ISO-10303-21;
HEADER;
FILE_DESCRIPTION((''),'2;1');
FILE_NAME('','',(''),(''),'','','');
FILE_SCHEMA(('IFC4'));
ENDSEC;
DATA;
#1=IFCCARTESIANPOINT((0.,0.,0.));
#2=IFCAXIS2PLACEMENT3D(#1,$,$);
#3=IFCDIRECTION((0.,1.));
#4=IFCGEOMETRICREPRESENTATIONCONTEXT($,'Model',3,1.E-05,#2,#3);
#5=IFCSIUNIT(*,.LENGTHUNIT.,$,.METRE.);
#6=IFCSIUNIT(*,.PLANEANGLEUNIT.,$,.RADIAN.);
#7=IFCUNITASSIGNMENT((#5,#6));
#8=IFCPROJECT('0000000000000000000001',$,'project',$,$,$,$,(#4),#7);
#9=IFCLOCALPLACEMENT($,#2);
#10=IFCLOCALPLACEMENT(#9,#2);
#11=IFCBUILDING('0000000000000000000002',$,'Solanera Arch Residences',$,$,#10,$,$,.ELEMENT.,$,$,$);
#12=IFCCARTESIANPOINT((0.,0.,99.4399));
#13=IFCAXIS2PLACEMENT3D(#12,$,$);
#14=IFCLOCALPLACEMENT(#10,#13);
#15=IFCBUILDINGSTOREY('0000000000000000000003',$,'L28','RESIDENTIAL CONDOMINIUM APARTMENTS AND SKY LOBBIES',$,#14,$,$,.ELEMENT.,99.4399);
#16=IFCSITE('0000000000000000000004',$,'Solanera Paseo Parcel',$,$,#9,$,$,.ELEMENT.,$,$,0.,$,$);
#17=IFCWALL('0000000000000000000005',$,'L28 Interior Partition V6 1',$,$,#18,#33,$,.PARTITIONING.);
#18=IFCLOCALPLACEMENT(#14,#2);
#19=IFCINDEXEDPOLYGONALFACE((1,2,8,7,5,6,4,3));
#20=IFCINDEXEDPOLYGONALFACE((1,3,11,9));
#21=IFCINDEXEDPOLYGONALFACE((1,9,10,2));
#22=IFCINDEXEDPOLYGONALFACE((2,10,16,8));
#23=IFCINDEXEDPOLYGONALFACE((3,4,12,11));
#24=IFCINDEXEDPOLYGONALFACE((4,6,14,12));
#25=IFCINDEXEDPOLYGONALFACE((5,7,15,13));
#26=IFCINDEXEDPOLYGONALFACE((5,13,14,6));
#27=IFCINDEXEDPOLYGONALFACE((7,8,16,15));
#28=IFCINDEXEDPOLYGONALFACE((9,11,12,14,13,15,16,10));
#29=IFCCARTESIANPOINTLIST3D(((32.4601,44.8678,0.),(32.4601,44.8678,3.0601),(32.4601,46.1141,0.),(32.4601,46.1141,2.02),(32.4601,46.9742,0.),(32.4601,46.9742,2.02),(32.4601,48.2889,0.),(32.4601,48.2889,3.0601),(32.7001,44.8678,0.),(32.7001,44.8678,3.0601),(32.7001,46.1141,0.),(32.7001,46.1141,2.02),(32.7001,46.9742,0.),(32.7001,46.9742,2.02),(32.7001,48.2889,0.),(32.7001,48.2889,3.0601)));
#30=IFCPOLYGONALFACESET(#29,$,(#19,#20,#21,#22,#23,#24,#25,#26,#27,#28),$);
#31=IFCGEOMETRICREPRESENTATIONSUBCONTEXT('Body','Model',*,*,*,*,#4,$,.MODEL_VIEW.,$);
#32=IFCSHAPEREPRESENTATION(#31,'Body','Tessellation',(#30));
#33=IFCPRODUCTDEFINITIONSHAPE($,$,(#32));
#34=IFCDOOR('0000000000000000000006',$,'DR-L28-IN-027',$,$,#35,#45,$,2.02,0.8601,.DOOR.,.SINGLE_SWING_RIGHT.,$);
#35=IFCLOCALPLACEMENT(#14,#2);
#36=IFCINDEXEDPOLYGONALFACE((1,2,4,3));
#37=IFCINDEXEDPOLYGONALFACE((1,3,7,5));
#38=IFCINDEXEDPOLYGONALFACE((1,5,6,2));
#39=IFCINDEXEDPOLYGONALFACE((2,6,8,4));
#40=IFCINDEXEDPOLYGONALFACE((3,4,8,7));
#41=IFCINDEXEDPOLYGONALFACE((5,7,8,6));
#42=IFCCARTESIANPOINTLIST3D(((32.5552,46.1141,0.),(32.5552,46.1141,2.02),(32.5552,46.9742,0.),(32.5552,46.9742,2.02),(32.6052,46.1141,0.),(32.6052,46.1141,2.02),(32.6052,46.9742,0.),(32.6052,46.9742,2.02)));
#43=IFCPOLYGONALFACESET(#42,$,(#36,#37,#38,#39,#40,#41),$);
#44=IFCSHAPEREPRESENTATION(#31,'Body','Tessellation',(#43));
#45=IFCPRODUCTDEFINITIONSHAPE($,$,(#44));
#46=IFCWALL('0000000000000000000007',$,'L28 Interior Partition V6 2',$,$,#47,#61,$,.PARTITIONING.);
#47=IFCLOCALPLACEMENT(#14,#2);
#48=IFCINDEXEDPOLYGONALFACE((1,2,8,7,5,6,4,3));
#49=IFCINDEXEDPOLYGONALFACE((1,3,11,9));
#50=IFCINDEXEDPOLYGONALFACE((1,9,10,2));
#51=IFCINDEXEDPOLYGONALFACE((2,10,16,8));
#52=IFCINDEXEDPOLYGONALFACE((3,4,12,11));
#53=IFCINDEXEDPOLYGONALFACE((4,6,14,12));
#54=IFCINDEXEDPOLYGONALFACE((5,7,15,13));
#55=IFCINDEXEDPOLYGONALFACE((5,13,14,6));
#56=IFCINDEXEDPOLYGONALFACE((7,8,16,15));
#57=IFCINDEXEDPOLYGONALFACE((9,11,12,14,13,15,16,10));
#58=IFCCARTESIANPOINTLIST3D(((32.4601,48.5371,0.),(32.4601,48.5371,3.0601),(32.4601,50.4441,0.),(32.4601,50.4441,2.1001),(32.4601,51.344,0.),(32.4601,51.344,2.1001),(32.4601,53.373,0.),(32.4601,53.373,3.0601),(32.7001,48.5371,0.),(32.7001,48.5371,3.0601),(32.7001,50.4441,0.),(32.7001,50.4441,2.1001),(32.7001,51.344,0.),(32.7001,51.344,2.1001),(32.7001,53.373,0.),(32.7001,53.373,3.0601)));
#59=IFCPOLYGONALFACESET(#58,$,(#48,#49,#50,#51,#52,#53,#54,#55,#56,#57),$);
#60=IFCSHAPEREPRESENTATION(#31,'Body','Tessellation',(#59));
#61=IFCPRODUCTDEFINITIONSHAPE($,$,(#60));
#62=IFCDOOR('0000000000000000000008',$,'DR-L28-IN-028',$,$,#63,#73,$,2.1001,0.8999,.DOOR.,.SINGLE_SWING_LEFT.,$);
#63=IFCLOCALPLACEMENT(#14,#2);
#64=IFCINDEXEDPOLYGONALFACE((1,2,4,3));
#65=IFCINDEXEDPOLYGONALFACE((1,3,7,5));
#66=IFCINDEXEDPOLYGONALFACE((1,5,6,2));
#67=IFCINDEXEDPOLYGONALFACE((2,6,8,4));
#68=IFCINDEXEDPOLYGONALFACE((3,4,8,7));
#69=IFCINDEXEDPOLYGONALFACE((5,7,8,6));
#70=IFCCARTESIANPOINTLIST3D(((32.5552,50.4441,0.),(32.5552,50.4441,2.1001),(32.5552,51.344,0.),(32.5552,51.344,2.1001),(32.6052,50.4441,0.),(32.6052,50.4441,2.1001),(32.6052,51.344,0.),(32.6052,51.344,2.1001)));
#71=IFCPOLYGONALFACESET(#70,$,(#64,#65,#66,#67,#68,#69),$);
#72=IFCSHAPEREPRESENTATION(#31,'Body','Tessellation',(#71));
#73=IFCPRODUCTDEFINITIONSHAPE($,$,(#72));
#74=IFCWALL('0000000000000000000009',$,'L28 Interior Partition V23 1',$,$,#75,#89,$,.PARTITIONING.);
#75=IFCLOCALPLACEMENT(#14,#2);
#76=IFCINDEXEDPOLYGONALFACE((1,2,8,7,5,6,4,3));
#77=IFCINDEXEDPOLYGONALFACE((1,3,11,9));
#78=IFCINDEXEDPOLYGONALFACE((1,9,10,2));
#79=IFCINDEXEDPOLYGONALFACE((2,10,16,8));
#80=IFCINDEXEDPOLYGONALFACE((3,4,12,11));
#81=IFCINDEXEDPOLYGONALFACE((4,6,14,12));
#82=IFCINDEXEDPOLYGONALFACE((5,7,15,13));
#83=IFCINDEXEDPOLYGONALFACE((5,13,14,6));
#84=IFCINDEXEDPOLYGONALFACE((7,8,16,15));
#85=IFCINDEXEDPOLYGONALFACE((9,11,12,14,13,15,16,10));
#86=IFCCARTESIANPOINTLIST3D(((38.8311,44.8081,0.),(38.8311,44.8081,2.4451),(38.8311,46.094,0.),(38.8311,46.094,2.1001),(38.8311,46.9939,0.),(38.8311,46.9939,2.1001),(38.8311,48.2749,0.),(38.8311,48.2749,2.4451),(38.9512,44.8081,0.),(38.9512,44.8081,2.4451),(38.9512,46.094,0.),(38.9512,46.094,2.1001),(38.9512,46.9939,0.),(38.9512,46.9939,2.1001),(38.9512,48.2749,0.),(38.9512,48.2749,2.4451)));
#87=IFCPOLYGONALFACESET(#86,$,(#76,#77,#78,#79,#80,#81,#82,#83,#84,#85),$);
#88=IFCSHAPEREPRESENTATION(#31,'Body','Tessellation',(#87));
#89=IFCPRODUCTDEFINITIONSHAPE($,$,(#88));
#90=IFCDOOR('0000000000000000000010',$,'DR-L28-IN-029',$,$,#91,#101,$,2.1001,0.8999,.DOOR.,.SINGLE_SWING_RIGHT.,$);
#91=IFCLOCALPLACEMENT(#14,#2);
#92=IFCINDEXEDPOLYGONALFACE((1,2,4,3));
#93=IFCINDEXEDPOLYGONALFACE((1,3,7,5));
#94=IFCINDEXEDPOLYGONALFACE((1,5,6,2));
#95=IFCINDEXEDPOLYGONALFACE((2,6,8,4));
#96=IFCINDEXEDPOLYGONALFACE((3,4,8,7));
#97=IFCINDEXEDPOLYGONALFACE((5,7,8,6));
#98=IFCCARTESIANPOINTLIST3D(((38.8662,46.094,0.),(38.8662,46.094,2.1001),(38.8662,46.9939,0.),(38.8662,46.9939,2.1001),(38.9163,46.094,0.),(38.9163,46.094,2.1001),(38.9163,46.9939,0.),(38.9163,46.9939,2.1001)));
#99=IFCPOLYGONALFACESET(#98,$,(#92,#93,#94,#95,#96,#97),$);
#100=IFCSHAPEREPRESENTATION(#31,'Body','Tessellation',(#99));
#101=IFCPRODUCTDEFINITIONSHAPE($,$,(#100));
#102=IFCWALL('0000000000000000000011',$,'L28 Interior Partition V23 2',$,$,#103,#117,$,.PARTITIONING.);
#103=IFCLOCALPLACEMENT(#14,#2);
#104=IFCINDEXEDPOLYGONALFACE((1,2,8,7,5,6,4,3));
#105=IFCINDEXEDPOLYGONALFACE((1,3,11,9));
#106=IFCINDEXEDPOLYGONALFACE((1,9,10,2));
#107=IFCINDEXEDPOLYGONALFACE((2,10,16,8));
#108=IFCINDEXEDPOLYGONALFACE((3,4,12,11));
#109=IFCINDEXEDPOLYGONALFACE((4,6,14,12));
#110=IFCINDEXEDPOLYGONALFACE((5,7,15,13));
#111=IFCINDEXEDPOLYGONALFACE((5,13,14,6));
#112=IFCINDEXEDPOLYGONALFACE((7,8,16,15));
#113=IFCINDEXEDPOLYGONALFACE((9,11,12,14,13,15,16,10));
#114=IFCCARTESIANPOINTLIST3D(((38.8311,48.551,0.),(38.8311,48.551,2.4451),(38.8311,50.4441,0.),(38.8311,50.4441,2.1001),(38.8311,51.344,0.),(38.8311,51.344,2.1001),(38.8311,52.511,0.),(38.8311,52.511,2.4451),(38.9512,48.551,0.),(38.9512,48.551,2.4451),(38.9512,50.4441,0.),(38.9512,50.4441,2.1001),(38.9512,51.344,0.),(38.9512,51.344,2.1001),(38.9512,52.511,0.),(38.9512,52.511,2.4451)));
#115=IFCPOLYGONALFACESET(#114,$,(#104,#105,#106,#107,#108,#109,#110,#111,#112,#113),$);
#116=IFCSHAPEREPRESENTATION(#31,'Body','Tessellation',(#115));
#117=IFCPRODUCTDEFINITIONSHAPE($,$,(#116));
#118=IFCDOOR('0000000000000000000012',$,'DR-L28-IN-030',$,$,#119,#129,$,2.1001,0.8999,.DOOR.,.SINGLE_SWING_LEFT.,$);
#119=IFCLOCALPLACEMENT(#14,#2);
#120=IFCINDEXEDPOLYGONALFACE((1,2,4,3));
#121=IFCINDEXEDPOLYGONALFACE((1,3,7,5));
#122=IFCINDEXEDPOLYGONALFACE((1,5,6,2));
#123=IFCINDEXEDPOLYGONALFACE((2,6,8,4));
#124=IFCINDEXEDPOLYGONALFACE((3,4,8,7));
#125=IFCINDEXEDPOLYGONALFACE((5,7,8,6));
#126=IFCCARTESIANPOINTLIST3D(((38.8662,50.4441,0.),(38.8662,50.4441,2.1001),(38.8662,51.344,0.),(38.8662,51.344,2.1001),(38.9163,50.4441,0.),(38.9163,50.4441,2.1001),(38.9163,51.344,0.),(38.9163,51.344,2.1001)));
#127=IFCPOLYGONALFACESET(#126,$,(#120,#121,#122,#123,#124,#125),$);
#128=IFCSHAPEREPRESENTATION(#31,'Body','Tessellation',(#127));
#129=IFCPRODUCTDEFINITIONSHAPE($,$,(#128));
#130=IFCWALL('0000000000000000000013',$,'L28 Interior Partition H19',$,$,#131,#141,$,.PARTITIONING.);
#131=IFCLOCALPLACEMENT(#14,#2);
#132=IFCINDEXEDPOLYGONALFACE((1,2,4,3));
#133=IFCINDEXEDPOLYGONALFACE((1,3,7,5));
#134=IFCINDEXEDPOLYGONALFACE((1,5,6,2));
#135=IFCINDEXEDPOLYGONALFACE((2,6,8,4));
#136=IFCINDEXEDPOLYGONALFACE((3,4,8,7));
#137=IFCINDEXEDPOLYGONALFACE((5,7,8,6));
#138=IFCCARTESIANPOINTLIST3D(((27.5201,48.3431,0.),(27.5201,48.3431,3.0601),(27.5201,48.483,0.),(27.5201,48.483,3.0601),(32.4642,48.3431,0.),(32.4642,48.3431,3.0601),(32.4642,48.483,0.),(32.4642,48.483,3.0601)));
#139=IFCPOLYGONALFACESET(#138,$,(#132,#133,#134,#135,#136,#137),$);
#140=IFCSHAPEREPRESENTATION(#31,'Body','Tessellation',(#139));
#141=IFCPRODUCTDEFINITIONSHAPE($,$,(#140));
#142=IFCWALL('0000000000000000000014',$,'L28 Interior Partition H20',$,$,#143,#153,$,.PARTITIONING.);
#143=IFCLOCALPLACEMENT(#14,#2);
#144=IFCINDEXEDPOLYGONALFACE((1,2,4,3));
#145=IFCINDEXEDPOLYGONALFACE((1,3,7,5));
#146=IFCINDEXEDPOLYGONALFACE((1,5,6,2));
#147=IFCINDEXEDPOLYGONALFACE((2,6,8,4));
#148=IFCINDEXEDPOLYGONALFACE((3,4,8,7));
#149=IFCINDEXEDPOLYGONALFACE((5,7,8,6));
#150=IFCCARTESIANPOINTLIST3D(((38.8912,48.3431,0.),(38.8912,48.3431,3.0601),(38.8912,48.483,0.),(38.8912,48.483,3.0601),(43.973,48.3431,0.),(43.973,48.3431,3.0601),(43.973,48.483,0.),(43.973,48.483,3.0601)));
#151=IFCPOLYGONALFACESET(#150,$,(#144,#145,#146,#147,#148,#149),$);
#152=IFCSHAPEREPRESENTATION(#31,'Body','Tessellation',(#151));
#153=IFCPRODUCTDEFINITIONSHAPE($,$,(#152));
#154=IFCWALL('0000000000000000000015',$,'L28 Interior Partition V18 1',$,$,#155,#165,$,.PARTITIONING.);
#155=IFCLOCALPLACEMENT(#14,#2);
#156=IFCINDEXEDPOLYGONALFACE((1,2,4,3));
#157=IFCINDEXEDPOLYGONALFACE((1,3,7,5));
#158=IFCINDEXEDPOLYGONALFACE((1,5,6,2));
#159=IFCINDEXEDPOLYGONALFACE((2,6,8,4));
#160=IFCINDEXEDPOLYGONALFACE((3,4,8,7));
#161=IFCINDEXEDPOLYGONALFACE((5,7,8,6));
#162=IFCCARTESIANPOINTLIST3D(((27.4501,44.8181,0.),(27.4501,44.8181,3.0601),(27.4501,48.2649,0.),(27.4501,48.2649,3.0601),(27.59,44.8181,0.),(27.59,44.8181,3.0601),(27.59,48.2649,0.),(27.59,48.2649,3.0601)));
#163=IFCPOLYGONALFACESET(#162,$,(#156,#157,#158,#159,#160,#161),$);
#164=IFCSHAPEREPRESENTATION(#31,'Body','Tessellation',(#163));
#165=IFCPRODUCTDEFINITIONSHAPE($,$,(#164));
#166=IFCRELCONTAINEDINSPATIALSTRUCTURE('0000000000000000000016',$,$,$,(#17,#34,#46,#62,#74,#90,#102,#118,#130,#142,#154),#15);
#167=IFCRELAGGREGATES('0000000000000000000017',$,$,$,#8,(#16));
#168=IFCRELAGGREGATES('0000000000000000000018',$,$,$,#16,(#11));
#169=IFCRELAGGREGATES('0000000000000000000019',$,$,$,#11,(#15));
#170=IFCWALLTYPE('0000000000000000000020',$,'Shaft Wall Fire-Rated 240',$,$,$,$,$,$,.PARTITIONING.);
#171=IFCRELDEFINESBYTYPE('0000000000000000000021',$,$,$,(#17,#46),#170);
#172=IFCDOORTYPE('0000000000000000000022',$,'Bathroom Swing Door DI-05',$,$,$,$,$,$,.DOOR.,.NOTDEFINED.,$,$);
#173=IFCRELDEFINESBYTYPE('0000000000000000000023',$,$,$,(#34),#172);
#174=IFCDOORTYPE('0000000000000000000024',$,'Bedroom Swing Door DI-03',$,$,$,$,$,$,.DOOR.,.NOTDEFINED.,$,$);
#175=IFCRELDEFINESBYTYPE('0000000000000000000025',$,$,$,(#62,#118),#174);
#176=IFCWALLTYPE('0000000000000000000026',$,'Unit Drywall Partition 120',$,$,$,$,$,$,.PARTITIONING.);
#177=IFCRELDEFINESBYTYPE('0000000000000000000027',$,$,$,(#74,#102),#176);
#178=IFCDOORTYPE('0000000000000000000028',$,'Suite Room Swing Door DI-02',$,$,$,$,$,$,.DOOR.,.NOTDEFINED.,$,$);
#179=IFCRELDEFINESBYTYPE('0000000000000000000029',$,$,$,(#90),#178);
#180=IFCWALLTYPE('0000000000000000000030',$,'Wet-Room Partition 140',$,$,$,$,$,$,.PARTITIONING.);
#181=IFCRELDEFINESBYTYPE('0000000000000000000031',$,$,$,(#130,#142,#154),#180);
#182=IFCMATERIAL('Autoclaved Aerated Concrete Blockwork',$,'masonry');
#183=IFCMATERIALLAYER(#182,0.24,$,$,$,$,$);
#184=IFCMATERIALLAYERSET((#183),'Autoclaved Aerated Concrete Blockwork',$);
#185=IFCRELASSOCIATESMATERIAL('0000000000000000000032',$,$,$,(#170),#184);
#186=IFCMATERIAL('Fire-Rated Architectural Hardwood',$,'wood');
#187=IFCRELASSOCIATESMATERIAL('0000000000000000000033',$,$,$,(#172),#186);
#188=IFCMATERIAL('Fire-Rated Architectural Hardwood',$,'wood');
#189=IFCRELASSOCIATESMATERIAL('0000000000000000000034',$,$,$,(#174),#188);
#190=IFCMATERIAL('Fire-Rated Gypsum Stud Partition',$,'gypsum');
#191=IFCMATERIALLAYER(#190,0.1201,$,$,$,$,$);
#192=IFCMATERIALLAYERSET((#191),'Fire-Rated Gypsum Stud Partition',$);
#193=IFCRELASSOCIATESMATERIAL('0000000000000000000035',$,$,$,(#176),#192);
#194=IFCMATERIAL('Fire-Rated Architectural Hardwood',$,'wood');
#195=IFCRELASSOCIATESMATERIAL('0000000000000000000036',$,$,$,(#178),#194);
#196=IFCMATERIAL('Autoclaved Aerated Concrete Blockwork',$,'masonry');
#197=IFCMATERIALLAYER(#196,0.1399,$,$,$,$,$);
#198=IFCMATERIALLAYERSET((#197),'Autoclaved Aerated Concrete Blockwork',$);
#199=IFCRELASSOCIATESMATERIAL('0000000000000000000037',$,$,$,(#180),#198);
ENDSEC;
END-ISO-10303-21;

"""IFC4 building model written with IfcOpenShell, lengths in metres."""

from ifc_helpers import new_model, si_unit, direction, frame, frame_2d, origin, place, context, subcontext, project, spatial, rectangle, extrude, material, layer, layer_set, type_object, element, fill, save


model = new_model("IFC4")

# Units and contexts
model_context = context("Model", 3, precision=1e-05, world=origin(), true_north=direction((0.0, 1.0)))
body_context = subcontext(model_context, "Body", "Model", "MODEL_VIEW")
ifc_project = project(units=[si_unit("LENGTHUNIT", "METRE"), si_unit("PLANEANGLEUNIT", "RADIAN")], contexts=[model_context])

# Site, building, storey
site_placement = place(None, origin())
site = spatial("IfcSite", under=ifc_project, at=site_placement, Name="Solanera Paseo Parcel", CompositionType="ELEMENT", RefElevation=0.0)
building_placement = place(site_placement, origin())
building = spatial("IfcBuilding", under=site, at=building_placement, Name="Solanera Arch Residences", CompositionType="ELEMENT")
storey_placement = place(building_placement, frame((0.0, 0.0, 99.4399)))
storey = spatial("IfcBuildingStorey", under=building, at=storey_placement, Name="L28", Description="RESIDENTIAL CONDOMINIUM APARTMENTS AND SKY LOBBIES", CompositionType="ELEMENT", Elevation=99.4399)

# Walls, openings, doors
ifc_material_1 = material(Name="Autoclaved Aerated Concrete Blockwork", Category="masonry")
ifc_layer_1 = layer(ifc_material_1, 0.24)
ifc_layer_set_1 = layer_set([ifc_layer_1], Name="Autoclaved Aerated Concrete Blockwork")
wall_type_1 = type_object("IfcWallType", Name="Shaft Wall Fire-Rated 240", PredefinedType="PARTITIONING", material=ifc_layer_set_1)
wall_1_placement = place(storey_placement, frame((32.5801, 44.8679, 0.0), z_axis=(0.0, 0.0, 1.0), x_axis=(0.0, 1.0, 0.0)))
wall_1 = element("IfcWall", 1, at=wall_1_placement, inside=storey, type_object=wall_type_1, Name="L28 Interior Partition V6 1", PredefinedType="PARTITIONING", context=body_context, shape_type="SweptSolid", body=[
    extrude(rectangle(XDim=3.4211, YDim=0.24, at=frame_2d((1.7104, 0.0))), origin(), (0.0, 0.0, 1.0), 3.0601),
])
opening_1_placement = place(wall_1_placement, frame((1.2461, 0.0, 0.0)))
opening_1 = element("IfcOpeningElement", 2, at=opening_1_placement, cuts=wall_1, PredefinedType="OPENING", context=body_context, shape_type="SweptSolid", body=[
    extrude(rectangle(XDim=0.8601, YDim=2.02, at=frame_2d((0.4302, 1.01))), frame((0.0, 0.1299, 0.0), z_axis=(0.0, -1.0, 0.0), x_axis=(1.0, 0.0, 0.0)), (0.0, 0.0, 1.0), 0.26),
])
ifc_material_2 = material(Name="Fire-Rated Architectural Hardwood", Category="wood")
door_type_1 = type_object("IfcDoorType", Name="Bathroom Swing Door DI-05", OperationType="NOTDEFINED", PredefinedType="DOOR", material=ifc_material_2)
door_1_placement = place(opening_1_placement, origin())
door_1 = element("IfcDoor", 3, at=door_1_placement, inside=storey, type_object=door_type_1, Name="DR-L28-IN-027", OperationType="SINGLE_SWING_RIGHT", OverallHeight=2.02, OverallWidth=0.8601, PredefinedType="DOOR", context=body_context, shape_type="SweptSolid", body=[
    extrude(rectangle(XDim=0.8601, YDim=2.02, at=frame_2d((0.4302, 1.01))), frame((0.0, 0.0249, 0.0), z_axis=(0.0, -1.0, 0.0), x_axis=(1.0, 0.0, 0.0)), (0.0, 0.0, 1.0), 0.05),
])
fill(opening_1, door_1)
wall_2_placement = place(storey_placement, frame((32.5801, 48.5371, 0.0), z_axis=(0.0, 0.0, 1.0), x_axis=(0.0, 1.0, 0.0)))
wall_2 = element("IfcWall", 4, at=wall_2_placement, inside=storey, type_object=wall_type_1, Name="L28 Interior Partition V6 2", PredefinedType="PARTITIONING", context=body_context, shape_type="SweptSolid", body=[
    extrude(rectangle(XDim=4.8359, YDim=0.24, at=frame_2d((2.418, 0.0))), origin(), (0.0, 0.0, 1.0), 3.0601),
])
opening_2_placement = place(wall_2_placement, frame((1.907, 0.0, 0.0)))
opening_2 = element("IfcOpeningElement", 5, at=opening_2_placement, cuts=wall_2, PredefinedType="OPENING", context=body_context, shape_type="SweptSolid", body=[
    extrude(rectangle(XDim=0.8999, YDim=2.1001, at=frame_2d((0.45, 1.05))), frame((0.0, 0.1299, 0.0), z_axis=(0.0, -1.0, 0.0), x_axis=(1.0, 0.0, 0.0)), (0.0, 0.0, 1.0), 0.26),
])
ifc_material_3 = material(Name="Fire-Rated Architectural Hardwood", Category="wood")
door_type_2 = type_object("IfcDoorType", Name="Bedroom Swing Door DI-03", OperationType="NOTDEFINED", PredefinedType="DOOR", material=ifc_material_3)
door_2_placement = place(opening_2_placement, origin())
door_2 = element("IfcDoor", 6, at=door_2_placement, inside=storey, type_object=door_type_2, Name="DR-L28-IN-028", OperationType="SINGLE_SWING_LEFT", OverallHeight=2.1001, OverallWidth=0.8999, PredefinedType="DOOR", context=body_context, shape_type="SweptSolid", body=[
    extrude(rectangle(XDim=0.8999, YDim=2.1001, at=frame_2d((0.45, 1.05))), frame((0.0, 0.0249, 0.0), z_axis=(0.0, -1.0, 0.0), x_axis=(1.0, 0.0, 0.0)), (0.0, 0.0, 1.0), 0.05),
])
fill(opening_2, door_2)
ifc_material_4 = material(Name="Fire-Rated Gypsum Stud Partition", Category="gypsum")
ifc_layer_2 = layer(ifc_material_4, 0.1201)
ifc_layer_set_2 = layer_set([ifc_layer_2], Name="Fire-Rated Gypsum Stud Partition")
wall_type_2 = type_object("IfcWallType", Name="Unit Drywall Partition 120", PredefinedType="PARTITIONING", material=ifc_layer_set_2)
wall_3_placement = place(storey_placement, frame((38.8911, 44.8081, 0.0), z_axis=(0.0, 0.0, 1.0), x_axis=(0.0, 1.0, 0.0)))
wall_3 = element("IfcWall", 7, at=wall_3_placement, inside=storey, type_object=wall_type_2, Name="L28 Interior Partition V23 1", PredefinedType="PARTITIONING", context=body_context, shape_type="SweptSolid", body=[
    extrude(rectangle(XDim=3.4668, YDim=0.1201, at=frame_2d((1.7334, 0.0))), origin(), (0.0, 0.0, 1.0), 2.4451),
])
opening_3_placement = place(wall_3_placement, frame((1.2859, 0.0, 0.0)))
opening_3 = element("IfcOpeningElement", 8, at=opening_3_placement, cuts=wall_3, PredefinedType="OPENING", context=body_context, shape_type="SweptSolid", body=[
    extrude(rectangle(XDim=0.8999, YDim=2.1001, at=frame_2d((0.45, 1.05))), frame((0.0, 0.0701, 0.0), z_axis=(0.0, -1.0, 0.0), x_axis=(1.0, 0.0, 0.0)), (0.0, 0.0, 1.0), 0.1401),
])
ifc_material_5 = material(Name="Fire-Rated Architectural Hardwood", Category="wood")
door_type_3 = type_object("IfcDoorType", Name="Suite Room Swing Door DI-02", OperationType="NOTDEFINED", PredefinedType="DOOR", material=ifc_material_5)
door_3_placement = place(opening_3_placement, origin())
door_3 = element("IfcDoor", 9, at=door_3_placement, inside=storey, type_object=door_type_3, Name="DR-L28-IN-029", OperationType="SINGLE_SWING_RIGHT", OverallHeight=2.1001, OverallWidth=0.8999, PredefinedType="DOOR", context=body_context, shape_type="SweptSolid", body=[
    extrude(rectangle(XDim=0.8999, YDim=2.1001, at=frame_2d((0.45, 1.05))), frame((0.0, 0.0249, 0.0), z_axis=(0.0, -1.0, 0.0), x_axis=(1.0, 0.0, 0.0)), (0.0, 0.0, 1.0), 0.05),
])
fill(opening_3, door_3)
wall_4_placement = place(storey_placement, frame((38.8911, 48.551, 0.0), z_axis=(0.0, 0.0, 1.0), x_axis=(0.0, 1.0, 0.0)))
wall_4 = element("IfcWall", 10, at=wall_4_placement, inside=storey, type_object=wall_type_2, Name="L28 Interior Partition V23 2", PredefinedType="PARTITIONING", context=body_context, shape_type="SweptSolid", body=[
    extrude(rectangle(XDim=3.96, YDim=0.1201, at=frame_2d((1.98, 0.0))), origin(), (0.0, 0.0, 1.0), 2.4451),
])
opening_4_placement = place(wall_4_placement, frame((1.8931, 0.0, 0.0)))
opening_4 = element("IfcOpeningElement", 11, at=opening_4_placement, cuts=wall_4, PredefinedType="OPENING", context=body_context, shape_type="SweptSolid", body=[
    extrude(rectangle(XDim=0.8999, YDim=2.1001, at=frame_2d((0.45, 1.05))), frame((0.0, 0.0701, 0.0), z_axis=(0.0, -1.0, 0.0), x_axis=(1.0, 0.0, 0.0)), (0.0, 0.0, 1.0), 0.1401),
])
door_4_placement = place(opening_4_placement, origin())
door_4 = element("IfcDoor", 12, at=door_4_placement, inside=storey, type_object=door_type_2, Name="DR-L28-IN-030", OperationType="SINGLE_SWING_LEFT", OverallHeight=2.1001, OverallWidth=0.8999, PredefinedType="DOOR", context=body_context, shape_type="SweptSolid", body=[
    extrude(rectangle(XDim=0.8999, YDim=2.1001, at=frame_2d((0.45, 1.05))), frame((0.0, 0.0249, 0.0), z_axis=(0.0, -1.0, 0.0), x_axis=(1.0, 0.0, 0.0)), (0.0, 0.0, 1.0), 0.05),
])
fill(opening_4, door_4)

# Walls
ifc_material_6 = material(Name="Autoclaved Aerated Concrete Blockwork", Category="masonry")
ifc_layer_3 = layer(ifc_material_6, 0.1399)
ifc_layer_set_3 = layer_set([ifc_layer_3], Name="Autoclaved Aerated Concrete Blockwork")
wall_type_3 = type_object("IfcWallType", Name="Wet-Room Partition 140", PredefinedType="PARTITIONING", material=ifc_layer_set_3)
wall_5_placement = place(storey_placement, frame((27.52, 48.4131, 0.0), z_axis=(0.0, 0.0, 1.0), x_axis=(1.0, 0.0, 0.0)))
element("IfcWall", 13, at=wall_5_placement, inside=storey, type_object=wall_type_3, Name="L28 Interior Partition H19", PredefinedType="PARTITIONING", context=body_context, shape_type="SweptSolid", body=[
    extrude(rectangle(XDim=4.9441, YDim=0.1399, at=frame_2d((2.4722, 0.0))), origin(), (0.0, 0.0, 1.0), 3.0601),
])
wall_6_placement = place(storey_placement, frame((38.8911, 48.4131, 0.0), z_axis=(0.0, 0.0, 1.0), x_axis=(1.0, 0.0, 0.0)))
element("IfcWall", 14, at=wall_6_placement, inside=storey, type_object=wall_type_3, Name="L28 Interior Partition H20", PredefinedType="PARTITIONING", context=body_context, shape_type="SweptSolid", body=[
    extrude(rectangle(XDim=5.0818, YDim=0.1399, at=frame_2d((2.541, 0.0))), origin(), (0.0, 0.0, 1.0), 3.0601),
])
wall_7_placement = place(storey_placement, frame((27.52, 44.8181, 0.0), z_axis=(0.0, 0.0, 1.0), x_axis=(0.0, 1.0, 0.0)))
element("IfcWall", 15, at=wall_7_placement, inside=storey, type_object=wall_type_3, Name="L28 Interior Partition V18 1", PredefinedType="PARTITIONING", context=body_context, shape_type="SweptSolid", body=[
    extrude(rectangle(XDim=3.4468, YDim=0.1399, at=frame_2d((1.7234, 0.0))), origin(), (0.0, 0.0, 1.0), 3.0601),
])

save(model, "model.ifc")
